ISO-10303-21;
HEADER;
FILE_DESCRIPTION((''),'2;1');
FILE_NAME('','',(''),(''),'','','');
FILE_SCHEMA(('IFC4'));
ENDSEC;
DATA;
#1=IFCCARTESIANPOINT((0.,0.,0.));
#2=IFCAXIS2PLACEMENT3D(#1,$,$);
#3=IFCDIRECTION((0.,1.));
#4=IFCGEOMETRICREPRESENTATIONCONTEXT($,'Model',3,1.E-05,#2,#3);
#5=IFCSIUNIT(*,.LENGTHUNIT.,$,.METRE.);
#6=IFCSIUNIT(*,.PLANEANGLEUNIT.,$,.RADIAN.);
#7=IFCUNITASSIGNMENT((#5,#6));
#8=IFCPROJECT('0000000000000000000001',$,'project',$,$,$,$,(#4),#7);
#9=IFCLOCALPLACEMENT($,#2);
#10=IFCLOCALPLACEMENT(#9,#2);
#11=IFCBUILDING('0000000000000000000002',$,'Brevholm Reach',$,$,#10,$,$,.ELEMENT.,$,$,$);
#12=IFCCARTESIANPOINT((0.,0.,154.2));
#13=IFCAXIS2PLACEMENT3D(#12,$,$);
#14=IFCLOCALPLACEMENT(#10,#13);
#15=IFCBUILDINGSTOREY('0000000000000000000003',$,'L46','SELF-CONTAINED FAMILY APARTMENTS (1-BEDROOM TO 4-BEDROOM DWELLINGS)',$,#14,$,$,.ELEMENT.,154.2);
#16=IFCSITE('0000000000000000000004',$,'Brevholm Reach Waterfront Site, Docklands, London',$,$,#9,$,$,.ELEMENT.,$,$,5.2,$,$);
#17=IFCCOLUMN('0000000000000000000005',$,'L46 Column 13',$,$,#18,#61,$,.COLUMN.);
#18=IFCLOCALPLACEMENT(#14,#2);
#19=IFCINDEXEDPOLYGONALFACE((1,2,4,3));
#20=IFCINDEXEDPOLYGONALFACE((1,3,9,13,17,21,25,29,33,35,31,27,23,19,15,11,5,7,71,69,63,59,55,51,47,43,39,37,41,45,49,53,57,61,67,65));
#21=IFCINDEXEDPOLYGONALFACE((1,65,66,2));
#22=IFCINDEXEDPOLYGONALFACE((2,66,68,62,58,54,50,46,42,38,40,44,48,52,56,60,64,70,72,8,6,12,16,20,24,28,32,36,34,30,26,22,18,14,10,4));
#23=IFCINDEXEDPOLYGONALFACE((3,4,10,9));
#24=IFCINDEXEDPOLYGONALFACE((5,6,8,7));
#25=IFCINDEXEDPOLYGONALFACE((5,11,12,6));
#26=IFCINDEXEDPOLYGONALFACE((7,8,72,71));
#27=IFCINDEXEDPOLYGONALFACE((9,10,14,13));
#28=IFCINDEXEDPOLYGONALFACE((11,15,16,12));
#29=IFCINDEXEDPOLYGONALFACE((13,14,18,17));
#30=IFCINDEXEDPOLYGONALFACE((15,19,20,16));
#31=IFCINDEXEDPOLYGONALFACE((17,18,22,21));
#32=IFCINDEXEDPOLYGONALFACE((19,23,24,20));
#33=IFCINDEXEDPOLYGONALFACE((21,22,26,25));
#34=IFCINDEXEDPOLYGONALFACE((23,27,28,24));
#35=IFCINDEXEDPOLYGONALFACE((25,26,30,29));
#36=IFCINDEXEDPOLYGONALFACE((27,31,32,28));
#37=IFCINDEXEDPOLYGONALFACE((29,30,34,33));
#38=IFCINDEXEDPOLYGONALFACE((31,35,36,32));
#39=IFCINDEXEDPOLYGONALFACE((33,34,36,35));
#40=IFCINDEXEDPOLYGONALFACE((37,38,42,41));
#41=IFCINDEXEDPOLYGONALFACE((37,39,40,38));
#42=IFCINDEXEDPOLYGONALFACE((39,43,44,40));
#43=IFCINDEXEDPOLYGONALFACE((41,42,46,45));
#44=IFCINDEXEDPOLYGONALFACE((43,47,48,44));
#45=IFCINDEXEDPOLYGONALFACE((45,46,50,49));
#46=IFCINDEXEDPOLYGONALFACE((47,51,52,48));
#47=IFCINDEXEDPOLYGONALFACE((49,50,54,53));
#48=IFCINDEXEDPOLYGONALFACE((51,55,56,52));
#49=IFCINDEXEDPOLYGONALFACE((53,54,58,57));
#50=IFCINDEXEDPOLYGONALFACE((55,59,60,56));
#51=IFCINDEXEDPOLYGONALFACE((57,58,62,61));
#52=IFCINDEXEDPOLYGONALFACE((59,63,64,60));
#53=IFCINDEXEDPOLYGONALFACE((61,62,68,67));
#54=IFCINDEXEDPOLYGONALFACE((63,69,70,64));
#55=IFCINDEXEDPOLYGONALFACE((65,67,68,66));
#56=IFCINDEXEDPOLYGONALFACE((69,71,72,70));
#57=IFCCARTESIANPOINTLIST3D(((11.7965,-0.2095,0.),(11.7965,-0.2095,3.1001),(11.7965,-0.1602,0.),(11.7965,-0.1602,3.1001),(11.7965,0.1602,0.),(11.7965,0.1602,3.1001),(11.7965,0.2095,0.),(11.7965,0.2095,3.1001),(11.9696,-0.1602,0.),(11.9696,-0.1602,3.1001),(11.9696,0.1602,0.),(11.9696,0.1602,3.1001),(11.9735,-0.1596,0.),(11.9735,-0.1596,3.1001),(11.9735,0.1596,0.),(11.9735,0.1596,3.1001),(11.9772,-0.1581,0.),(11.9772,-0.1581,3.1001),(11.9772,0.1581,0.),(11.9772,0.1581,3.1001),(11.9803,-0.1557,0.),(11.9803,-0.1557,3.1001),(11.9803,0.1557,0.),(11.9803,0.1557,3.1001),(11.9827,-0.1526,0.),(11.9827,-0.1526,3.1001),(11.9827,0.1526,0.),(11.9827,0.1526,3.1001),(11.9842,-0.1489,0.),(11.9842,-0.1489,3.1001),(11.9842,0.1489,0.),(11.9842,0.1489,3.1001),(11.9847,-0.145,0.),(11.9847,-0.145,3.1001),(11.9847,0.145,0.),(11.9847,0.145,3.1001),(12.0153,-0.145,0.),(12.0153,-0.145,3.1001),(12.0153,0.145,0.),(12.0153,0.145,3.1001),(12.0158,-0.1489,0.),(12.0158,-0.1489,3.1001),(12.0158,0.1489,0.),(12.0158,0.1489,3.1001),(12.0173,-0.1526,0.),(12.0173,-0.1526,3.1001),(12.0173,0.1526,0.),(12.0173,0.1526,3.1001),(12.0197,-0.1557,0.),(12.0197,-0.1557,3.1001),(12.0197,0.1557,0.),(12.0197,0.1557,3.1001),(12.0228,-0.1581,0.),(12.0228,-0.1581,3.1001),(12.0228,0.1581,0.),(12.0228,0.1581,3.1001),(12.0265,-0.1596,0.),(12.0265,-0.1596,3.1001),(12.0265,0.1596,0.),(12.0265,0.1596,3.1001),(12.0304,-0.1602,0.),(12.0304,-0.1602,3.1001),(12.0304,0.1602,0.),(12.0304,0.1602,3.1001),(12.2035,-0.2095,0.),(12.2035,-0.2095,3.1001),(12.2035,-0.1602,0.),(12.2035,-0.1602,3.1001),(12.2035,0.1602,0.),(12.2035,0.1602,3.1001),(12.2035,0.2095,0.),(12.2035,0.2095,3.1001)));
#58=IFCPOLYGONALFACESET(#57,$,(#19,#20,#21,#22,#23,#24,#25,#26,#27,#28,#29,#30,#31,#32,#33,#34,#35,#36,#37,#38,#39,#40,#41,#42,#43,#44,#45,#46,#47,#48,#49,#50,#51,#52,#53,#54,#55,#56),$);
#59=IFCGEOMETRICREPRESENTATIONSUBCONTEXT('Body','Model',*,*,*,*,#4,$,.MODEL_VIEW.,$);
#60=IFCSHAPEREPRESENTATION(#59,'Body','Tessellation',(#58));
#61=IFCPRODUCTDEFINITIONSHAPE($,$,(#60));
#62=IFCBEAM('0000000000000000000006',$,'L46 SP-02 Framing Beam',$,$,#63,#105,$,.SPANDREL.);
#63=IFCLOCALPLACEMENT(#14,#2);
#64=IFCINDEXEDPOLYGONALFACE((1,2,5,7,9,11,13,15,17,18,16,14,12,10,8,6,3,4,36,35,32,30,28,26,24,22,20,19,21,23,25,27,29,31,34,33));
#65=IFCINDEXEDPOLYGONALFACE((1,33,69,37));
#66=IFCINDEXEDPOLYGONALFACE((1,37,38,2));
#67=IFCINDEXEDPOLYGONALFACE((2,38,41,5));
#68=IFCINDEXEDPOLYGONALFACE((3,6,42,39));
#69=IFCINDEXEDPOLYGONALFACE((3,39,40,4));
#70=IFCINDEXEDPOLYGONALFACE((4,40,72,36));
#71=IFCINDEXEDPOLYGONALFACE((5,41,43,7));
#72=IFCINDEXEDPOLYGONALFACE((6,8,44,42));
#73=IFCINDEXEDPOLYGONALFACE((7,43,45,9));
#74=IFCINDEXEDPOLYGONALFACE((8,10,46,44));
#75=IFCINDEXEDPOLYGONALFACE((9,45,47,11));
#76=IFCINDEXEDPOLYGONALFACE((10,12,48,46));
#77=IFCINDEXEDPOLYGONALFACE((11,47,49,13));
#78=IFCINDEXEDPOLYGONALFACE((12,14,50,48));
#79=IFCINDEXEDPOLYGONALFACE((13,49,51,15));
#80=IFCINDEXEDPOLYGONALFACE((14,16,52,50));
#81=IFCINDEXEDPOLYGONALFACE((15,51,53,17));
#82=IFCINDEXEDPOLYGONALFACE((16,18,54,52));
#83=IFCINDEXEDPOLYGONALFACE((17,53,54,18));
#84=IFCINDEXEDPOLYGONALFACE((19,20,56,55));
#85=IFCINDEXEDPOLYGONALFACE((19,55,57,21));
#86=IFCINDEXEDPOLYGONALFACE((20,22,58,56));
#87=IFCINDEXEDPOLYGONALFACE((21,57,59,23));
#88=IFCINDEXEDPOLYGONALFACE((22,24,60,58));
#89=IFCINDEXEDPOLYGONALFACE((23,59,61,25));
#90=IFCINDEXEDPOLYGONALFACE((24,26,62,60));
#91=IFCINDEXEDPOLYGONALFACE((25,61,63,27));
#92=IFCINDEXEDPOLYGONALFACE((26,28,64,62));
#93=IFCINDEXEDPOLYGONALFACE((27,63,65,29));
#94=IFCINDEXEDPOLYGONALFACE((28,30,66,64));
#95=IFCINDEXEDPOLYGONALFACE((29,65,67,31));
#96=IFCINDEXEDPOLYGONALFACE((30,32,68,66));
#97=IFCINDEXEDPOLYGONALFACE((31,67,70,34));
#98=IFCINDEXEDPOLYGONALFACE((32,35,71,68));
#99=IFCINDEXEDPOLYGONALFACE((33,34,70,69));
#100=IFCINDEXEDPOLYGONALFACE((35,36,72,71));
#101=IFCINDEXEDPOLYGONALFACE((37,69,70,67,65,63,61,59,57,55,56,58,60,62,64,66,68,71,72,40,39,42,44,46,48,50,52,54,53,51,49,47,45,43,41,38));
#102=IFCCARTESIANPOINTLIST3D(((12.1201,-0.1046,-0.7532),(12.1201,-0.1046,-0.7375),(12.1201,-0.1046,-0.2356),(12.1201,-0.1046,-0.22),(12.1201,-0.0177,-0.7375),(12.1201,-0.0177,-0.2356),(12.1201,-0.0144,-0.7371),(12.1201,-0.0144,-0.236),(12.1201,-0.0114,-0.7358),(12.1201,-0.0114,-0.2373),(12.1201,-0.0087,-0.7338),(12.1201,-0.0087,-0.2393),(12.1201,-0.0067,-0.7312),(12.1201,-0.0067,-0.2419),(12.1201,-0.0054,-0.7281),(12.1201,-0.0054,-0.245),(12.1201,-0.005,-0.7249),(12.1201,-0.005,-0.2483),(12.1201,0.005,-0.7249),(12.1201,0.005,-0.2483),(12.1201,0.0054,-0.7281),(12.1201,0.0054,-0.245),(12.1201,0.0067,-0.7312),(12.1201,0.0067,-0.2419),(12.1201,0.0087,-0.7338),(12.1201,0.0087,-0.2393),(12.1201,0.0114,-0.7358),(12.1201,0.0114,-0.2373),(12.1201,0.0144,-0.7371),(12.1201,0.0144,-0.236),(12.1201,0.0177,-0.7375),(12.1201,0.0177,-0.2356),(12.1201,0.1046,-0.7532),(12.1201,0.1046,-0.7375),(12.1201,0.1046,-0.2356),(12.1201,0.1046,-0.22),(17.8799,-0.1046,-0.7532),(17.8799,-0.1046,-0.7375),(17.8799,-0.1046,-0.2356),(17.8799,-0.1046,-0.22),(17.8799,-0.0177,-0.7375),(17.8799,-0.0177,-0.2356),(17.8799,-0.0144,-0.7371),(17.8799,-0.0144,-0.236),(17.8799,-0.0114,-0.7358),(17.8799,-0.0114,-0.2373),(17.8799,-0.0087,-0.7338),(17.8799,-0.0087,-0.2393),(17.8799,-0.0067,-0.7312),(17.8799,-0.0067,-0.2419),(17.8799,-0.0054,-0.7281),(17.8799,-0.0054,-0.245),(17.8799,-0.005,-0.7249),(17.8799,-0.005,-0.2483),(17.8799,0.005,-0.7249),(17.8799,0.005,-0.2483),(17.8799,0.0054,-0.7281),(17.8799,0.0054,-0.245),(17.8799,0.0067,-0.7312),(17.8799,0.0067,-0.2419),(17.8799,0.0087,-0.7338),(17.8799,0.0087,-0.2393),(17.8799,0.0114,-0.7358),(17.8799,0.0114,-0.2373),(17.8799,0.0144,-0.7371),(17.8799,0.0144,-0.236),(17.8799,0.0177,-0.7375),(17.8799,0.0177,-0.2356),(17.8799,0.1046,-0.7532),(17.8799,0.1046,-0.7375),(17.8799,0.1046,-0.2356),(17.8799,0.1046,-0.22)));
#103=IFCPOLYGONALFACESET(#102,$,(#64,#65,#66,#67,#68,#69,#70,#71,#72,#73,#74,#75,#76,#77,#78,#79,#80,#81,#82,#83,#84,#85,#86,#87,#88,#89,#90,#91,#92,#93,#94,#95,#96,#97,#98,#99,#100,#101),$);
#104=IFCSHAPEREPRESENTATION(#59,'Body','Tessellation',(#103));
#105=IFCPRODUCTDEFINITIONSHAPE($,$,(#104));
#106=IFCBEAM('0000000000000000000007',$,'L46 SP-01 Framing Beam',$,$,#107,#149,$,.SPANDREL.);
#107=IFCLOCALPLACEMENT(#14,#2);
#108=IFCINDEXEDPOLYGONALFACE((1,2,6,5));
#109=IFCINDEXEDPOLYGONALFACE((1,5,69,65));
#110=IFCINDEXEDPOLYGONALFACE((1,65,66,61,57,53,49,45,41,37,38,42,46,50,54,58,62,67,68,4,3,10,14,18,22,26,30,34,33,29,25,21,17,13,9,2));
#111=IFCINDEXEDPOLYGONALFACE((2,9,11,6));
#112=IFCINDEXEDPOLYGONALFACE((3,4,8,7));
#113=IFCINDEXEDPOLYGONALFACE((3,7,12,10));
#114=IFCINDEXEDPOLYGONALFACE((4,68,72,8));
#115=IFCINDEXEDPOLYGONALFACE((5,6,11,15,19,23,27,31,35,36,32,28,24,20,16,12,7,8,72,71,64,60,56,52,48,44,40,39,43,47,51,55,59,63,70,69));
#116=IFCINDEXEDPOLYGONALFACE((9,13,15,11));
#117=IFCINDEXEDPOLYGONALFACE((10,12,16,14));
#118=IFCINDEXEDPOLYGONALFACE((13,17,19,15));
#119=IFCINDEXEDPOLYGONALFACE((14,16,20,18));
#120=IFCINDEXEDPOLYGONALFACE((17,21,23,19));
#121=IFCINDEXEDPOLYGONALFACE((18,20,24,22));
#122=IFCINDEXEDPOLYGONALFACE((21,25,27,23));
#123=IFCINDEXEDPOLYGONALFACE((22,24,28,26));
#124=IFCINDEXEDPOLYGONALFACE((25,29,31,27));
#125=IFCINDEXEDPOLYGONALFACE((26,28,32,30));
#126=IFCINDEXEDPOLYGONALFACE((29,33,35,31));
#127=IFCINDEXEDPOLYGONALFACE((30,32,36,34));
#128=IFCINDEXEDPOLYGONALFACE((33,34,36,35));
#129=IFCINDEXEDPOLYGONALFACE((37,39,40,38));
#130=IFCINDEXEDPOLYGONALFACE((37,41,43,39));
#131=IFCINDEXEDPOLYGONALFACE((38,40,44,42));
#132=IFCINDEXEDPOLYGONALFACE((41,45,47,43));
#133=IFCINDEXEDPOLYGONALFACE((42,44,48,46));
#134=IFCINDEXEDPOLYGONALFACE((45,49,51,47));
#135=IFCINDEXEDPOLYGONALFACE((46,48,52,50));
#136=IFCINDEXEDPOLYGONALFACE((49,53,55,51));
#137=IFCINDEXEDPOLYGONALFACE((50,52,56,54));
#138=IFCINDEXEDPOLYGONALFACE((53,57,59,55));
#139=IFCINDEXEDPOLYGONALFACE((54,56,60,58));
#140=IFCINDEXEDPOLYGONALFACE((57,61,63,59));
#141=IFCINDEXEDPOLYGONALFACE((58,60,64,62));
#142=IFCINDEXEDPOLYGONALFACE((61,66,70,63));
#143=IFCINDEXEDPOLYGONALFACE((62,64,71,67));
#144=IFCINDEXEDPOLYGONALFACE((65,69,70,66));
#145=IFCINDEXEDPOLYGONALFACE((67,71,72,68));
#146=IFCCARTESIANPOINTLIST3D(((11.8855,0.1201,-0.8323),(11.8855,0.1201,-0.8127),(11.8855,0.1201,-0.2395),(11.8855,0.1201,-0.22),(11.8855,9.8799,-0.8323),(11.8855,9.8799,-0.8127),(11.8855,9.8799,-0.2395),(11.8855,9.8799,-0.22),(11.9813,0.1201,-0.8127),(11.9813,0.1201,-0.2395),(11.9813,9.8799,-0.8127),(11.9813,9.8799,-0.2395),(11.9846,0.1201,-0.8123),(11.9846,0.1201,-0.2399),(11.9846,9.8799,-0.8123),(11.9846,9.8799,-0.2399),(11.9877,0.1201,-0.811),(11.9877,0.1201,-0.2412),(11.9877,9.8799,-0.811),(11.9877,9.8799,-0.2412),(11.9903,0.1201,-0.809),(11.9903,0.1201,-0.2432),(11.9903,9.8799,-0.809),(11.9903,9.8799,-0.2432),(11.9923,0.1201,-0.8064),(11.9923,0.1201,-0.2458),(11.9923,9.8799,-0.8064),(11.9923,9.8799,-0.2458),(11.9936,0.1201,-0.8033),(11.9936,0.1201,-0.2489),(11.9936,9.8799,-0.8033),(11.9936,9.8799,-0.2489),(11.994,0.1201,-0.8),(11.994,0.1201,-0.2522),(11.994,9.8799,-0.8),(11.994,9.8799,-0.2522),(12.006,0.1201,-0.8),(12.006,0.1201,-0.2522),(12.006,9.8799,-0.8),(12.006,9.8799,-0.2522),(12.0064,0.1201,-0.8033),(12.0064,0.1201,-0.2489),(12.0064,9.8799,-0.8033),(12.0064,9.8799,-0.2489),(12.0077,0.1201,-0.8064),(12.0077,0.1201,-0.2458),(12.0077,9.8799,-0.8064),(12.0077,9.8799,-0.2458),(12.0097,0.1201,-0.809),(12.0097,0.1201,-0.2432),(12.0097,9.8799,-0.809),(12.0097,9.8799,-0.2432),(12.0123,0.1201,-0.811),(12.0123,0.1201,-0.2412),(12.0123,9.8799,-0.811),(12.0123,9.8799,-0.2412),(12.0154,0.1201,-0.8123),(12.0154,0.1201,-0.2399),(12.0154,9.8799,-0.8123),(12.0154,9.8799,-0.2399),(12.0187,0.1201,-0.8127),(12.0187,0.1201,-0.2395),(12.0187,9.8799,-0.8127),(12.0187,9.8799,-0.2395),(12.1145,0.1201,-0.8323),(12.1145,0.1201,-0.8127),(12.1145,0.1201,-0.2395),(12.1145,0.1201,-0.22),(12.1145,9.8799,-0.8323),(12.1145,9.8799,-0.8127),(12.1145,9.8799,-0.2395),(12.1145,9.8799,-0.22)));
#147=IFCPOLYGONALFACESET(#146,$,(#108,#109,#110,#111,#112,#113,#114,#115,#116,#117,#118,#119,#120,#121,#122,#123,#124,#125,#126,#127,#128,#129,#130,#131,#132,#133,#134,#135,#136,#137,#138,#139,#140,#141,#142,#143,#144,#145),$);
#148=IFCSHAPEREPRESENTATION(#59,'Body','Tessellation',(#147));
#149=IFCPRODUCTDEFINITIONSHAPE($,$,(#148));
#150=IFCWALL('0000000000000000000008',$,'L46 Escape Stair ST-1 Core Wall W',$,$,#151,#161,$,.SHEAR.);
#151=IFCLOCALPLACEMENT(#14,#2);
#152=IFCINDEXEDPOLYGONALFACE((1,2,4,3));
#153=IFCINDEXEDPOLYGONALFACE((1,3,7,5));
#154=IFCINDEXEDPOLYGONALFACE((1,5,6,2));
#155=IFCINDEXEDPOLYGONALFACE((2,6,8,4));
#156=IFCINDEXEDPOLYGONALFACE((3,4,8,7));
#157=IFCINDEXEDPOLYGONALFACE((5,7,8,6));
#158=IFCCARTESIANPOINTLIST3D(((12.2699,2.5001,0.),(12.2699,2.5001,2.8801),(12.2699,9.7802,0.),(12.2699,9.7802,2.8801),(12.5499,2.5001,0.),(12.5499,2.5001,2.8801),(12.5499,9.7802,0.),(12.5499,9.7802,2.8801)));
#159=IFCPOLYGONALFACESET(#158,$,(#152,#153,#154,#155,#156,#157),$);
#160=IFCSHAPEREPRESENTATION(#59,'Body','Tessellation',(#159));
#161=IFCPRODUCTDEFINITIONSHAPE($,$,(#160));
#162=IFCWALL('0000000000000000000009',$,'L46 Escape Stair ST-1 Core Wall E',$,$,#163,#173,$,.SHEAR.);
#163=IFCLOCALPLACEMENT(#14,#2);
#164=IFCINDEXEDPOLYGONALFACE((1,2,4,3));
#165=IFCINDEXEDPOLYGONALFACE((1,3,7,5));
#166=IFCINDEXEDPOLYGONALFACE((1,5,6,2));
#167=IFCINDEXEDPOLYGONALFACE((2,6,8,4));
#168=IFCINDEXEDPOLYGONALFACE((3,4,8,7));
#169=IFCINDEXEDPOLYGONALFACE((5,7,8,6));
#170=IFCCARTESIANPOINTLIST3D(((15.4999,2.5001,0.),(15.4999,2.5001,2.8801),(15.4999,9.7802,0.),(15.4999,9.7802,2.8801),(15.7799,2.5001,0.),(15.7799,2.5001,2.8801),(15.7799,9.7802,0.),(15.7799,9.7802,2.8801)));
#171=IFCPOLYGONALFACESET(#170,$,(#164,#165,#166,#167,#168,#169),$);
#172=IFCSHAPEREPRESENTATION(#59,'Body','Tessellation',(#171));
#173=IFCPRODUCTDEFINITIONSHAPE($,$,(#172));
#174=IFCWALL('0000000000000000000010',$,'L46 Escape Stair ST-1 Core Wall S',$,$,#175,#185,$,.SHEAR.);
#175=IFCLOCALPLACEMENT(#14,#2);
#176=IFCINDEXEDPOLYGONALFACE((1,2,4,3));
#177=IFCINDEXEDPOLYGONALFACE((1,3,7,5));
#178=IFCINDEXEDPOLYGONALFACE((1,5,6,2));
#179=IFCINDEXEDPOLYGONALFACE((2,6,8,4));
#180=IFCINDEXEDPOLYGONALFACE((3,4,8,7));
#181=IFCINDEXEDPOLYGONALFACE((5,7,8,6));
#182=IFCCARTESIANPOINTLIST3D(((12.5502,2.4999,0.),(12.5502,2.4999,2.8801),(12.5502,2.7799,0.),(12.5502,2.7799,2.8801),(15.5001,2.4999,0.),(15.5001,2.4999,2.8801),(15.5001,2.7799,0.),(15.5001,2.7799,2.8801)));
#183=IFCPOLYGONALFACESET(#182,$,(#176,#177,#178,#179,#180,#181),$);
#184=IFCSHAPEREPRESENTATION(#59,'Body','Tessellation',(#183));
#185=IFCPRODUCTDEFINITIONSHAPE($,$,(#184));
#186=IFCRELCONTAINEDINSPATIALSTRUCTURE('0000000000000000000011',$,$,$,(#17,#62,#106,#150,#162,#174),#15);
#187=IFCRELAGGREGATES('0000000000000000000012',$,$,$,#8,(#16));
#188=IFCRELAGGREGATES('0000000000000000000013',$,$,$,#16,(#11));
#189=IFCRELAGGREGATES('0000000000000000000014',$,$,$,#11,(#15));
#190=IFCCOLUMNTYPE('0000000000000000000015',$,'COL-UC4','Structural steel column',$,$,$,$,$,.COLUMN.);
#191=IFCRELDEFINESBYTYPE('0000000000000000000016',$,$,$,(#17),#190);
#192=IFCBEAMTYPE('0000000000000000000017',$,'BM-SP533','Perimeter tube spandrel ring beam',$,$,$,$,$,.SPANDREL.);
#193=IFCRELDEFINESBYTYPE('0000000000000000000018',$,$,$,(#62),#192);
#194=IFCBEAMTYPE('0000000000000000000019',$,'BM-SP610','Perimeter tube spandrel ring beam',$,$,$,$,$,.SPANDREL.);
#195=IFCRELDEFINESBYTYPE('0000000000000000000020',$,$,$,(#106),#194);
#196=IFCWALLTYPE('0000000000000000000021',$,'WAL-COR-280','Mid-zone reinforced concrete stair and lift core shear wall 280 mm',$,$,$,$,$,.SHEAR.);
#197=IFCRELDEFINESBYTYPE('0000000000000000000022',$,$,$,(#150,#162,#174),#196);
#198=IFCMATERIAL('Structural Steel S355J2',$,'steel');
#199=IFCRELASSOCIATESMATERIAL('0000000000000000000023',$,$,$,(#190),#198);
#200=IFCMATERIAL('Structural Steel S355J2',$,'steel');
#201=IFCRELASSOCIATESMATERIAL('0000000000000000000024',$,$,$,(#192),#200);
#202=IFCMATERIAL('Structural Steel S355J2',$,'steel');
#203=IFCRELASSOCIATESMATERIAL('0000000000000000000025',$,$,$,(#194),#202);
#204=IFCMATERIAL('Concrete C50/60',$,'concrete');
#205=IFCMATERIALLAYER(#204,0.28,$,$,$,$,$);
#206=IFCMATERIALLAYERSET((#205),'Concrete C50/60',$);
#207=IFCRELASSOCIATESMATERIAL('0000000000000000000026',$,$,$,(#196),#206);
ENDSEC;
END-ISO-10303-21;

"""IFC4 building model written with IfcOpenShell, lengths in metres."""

from ifc_helpers import new_model, si_unit, direction, frame, frame_2d, origin, origin_2d, place, context, subcontext, project, spatial, rectangle, i_section, extrude, material, layer, layer_set, material_profile, profile_set, type_object, element, save


model = new_model("IFC4")

# Units and contexts
model_context = context("Model", 3, precision=1e-05, world=origin(), true_north=direction((0.0, 1.0)))
body_context = subcontext(model_context, "Body", "Model", "MODEL_VIEW")
ifc_project = project(units=[si_unit("LENGTHUNIT", "METRE"), si_unit("PLANEANGLEUNIT", "RADIAN")], contexts=[model_context])

# Site, building, storey
site_placement = place(None, origin())
site = spatial("IfcSite", under=ifc_project, at=site_placement, Name="Brevholm Reach Waterfront Site, Docklands, London", CompositionType="ELEMENT", RefElevation=5.2)
building_placement = place(site_placement, origin())
building = spatial("IfcBuilding", under=site, at=building_placement, Name="Brevholm Reach", CompositionType="ELEMENT")
storey_placement = place(building_placement, frame((0.0, 0.0, 154.2)))
storey = spatial("IfcBuildingStorey", under=building, at=storey_placement, Name="L46", Description="SELF-CONTAINED FAMILY APARTMENTS (1-BEDROOM TO 4-BEDROOM DWELLINGS)", CompositionType="ELEMENT", Elevation=154.2)

# Column
ifc_material_1 = material(Name="Structural Steel S355J2", Category="steel")
ifc_material_profile_1 = material_profile(ifc_material_1, i_section(OverallWidth=0.407, OverallDepth=0.4189, WebThickness=0.0305, FlangeThickness=0.0493, FilletRadius=0.0151, at=origin_2d()), Name="UKC 356x406x393")
ifc_profile_set_1 = profile_set([ifc_material_profile_1], Name="Structural Steel S355J2")
column_type = type_object("IfcColumnType", Name="COL-UC4", Description="Structural steel column", PredefinedType="COLUMN", material=ifc_profile_set_1)
column_placement = place(storey_placement, frame((12.0, 0.0, 0.0), z_axis=(0.0, 0.0, 1.0), x_axis=(1.0, 0.0, 0.0)))
element("IfcColumn", 1, at=column_placement, inside=storey, type_object=column_type, Name="L46 Column 13", PredefinedType="COLUMN", context=body_context, shape_type="SweptSolid", body=[
    extrude(i_section(OverallWidth=0.407, OverallDepth=0.4189, WebThickness=0.0305, FlangeThickness=0.0493, FilletRadius=0.0151, at=origin_2d()), origin(), (0.0, 0.0, 1.0), 3.1001),
])

# Beams
ifc_material_2 = material(Name="Structural Steel S355J2", Category="steel")
ifc_material_profile_2 = material_profile(ifc_material_2, i_section(OverallWidth=0.2092, OverallDepth=0.5332, WebThickness=0.01, FlangeThickness=0.0156, FilletRadius=0.0127, at=origin_2d()), Name="UKB 533x210x92")
ifc_profile_set_2 = profile_set([ifc_material_profile_2], Name="Structural Steel S355J2")
beam_type_1 = type_object("IfcBeamType", Name="BM-SP533", Description="Perimeter tube spandrel ring beam", PredefinedType="SPANDREL", material=ifc_profile_set_2)
beam_1_placement = place(storey_placement, frame((12.1201, 0.0, -0.4866), z_axis=(1.0, 0.0, 0.0), x_axis=(0.0, 1.0, 0.0)))
element("IfcBeam", 2, at=beam_1_placement, inside=storey, type_object=beam_type_1, Name="L46 SP-02 Framing Beam", PredefinedType="SPANDREL", context=body_context, shape_type="SweptSolid", body=[
    extrude(i_section(OverallWidth=0.2092, OverallDepth=0.5332, WebThickness=0.01, FlangeThickness=0.0156, FilletRadius=0.0127, at=origin_2d()), origin(), (0.0, 0.0, 1.0), 5.7598),
])
ifc_material_3 = material(Name="Structural Steel S355J2", Category="steel")
ifc_material_profile_3 = material_profile(ifc_material_3, i_section(OverallWidth=0.229, OverallDepth=0.6123, WebThickness=0.012, FlangeThickness=0.0195, FilletRadius=0.0127, at=origin_2d()), Name="UKB 610x229x125")
ifc_profile_set_3 = profile_set([ifc_material_profile_3], Name="Structural Steel S355J2")
beam_type_2 = type_object("IfcBeamType", Name="BM-SP610", Description="Perimeter tube spandrel ring beam", PredefinedType="SPANDREL", material=ifc_profile_set_3)
beam_2_placement = place(storey_placement, frame((12.0, 0.1201, -0.5261), z_axis=(0.0, 1.0, 0.0), x_axis=(-1.0, 0.0, 0.0)))
element("IfcBeam", 3, at=beam_2_placement, inside=storey, type_object=beam_type_2, Name="L46 SP-01 Framing Beam", PredefinedType="SPANDREL", context=body_context, shape_type="SweptSolid", body=[
    extrude(i_section(OverallWidth=0.229, OverallDepth=0.6123, WebThickness=0.012, FlangeThickness=0.0195, FilletRadius=0.0127, at=origin_2d()), origin(), (0.0, 0.0, 1.0), 9.7598),
])

# Walls
ifc_material_4 = material(Name="Concrete C50/60", Category="concrete")
ifc_layer_1 = layer(ifc_material_4, 0.28)
ifc_layer_set_1 = layer_set([ifc_layer_1], Name="Concrete C50/60")
wall_type_1 = type_object("IfcWallType", Name="WAL-COR-280", Description="Mid-zone reinforced concrete stair and lift core shear wall 280 mm", PredefinedType="SHEAR", material=ifc_layer_set_1)
for number, where, z_axis, x_axis, name in (
    (4, (12.4099, 2.5, 0.0), (0.0, 0.0, 1.0), (0.0, 1.0, 0.0), "L46 Escape Stair ST-1 Core Wall W"),
    (5, (15.6399, 2.5, 0.0), (0.0, 0.0, 1.0), (0.0, 1.0, 0.0), "L46 Escape Stair ST-1 Core Wall E"),
):
    element("IfcWall", number, at=place(storey_placement, frame(where, z_axis=z_axis, x_axis=x_axis)), inside=storey, type_object=wall_type_1, Name=name, PredefinedType="SHEAR", context=body_context, shape_type="SweptSolid", body=[
        extrude(rectangle(XDim=7.28, YDim=0.28, at=frame_2d((3.6401, 0.0))), origin(), (0.0, 0.0, 1.0), 2.8801),
    ])
wall_1_placement = place(storey_placement, frame((12.55, 2.6399, 0.0), z_axis=(0.0, 0.0, 1.0), x_axis=(1.0, 0.0, 0.0)))
element("IfcWall", 6, at=wall_1_placement, inside=storey, type_object=wall_type_1, Name="L46 Escape Stair ST-1 Core Wall S", PredefinedType="SHEAR", context=body_context, shape_type="SweptSolid", body=[
    extrude(rectangle(XDim=2.95, YDim=0.28, at=frame_2d((1.4751, 0.0))), origin(), (0.0, 0.0, 1.0), 2.8801),
])

save(model, "model.ifc")
